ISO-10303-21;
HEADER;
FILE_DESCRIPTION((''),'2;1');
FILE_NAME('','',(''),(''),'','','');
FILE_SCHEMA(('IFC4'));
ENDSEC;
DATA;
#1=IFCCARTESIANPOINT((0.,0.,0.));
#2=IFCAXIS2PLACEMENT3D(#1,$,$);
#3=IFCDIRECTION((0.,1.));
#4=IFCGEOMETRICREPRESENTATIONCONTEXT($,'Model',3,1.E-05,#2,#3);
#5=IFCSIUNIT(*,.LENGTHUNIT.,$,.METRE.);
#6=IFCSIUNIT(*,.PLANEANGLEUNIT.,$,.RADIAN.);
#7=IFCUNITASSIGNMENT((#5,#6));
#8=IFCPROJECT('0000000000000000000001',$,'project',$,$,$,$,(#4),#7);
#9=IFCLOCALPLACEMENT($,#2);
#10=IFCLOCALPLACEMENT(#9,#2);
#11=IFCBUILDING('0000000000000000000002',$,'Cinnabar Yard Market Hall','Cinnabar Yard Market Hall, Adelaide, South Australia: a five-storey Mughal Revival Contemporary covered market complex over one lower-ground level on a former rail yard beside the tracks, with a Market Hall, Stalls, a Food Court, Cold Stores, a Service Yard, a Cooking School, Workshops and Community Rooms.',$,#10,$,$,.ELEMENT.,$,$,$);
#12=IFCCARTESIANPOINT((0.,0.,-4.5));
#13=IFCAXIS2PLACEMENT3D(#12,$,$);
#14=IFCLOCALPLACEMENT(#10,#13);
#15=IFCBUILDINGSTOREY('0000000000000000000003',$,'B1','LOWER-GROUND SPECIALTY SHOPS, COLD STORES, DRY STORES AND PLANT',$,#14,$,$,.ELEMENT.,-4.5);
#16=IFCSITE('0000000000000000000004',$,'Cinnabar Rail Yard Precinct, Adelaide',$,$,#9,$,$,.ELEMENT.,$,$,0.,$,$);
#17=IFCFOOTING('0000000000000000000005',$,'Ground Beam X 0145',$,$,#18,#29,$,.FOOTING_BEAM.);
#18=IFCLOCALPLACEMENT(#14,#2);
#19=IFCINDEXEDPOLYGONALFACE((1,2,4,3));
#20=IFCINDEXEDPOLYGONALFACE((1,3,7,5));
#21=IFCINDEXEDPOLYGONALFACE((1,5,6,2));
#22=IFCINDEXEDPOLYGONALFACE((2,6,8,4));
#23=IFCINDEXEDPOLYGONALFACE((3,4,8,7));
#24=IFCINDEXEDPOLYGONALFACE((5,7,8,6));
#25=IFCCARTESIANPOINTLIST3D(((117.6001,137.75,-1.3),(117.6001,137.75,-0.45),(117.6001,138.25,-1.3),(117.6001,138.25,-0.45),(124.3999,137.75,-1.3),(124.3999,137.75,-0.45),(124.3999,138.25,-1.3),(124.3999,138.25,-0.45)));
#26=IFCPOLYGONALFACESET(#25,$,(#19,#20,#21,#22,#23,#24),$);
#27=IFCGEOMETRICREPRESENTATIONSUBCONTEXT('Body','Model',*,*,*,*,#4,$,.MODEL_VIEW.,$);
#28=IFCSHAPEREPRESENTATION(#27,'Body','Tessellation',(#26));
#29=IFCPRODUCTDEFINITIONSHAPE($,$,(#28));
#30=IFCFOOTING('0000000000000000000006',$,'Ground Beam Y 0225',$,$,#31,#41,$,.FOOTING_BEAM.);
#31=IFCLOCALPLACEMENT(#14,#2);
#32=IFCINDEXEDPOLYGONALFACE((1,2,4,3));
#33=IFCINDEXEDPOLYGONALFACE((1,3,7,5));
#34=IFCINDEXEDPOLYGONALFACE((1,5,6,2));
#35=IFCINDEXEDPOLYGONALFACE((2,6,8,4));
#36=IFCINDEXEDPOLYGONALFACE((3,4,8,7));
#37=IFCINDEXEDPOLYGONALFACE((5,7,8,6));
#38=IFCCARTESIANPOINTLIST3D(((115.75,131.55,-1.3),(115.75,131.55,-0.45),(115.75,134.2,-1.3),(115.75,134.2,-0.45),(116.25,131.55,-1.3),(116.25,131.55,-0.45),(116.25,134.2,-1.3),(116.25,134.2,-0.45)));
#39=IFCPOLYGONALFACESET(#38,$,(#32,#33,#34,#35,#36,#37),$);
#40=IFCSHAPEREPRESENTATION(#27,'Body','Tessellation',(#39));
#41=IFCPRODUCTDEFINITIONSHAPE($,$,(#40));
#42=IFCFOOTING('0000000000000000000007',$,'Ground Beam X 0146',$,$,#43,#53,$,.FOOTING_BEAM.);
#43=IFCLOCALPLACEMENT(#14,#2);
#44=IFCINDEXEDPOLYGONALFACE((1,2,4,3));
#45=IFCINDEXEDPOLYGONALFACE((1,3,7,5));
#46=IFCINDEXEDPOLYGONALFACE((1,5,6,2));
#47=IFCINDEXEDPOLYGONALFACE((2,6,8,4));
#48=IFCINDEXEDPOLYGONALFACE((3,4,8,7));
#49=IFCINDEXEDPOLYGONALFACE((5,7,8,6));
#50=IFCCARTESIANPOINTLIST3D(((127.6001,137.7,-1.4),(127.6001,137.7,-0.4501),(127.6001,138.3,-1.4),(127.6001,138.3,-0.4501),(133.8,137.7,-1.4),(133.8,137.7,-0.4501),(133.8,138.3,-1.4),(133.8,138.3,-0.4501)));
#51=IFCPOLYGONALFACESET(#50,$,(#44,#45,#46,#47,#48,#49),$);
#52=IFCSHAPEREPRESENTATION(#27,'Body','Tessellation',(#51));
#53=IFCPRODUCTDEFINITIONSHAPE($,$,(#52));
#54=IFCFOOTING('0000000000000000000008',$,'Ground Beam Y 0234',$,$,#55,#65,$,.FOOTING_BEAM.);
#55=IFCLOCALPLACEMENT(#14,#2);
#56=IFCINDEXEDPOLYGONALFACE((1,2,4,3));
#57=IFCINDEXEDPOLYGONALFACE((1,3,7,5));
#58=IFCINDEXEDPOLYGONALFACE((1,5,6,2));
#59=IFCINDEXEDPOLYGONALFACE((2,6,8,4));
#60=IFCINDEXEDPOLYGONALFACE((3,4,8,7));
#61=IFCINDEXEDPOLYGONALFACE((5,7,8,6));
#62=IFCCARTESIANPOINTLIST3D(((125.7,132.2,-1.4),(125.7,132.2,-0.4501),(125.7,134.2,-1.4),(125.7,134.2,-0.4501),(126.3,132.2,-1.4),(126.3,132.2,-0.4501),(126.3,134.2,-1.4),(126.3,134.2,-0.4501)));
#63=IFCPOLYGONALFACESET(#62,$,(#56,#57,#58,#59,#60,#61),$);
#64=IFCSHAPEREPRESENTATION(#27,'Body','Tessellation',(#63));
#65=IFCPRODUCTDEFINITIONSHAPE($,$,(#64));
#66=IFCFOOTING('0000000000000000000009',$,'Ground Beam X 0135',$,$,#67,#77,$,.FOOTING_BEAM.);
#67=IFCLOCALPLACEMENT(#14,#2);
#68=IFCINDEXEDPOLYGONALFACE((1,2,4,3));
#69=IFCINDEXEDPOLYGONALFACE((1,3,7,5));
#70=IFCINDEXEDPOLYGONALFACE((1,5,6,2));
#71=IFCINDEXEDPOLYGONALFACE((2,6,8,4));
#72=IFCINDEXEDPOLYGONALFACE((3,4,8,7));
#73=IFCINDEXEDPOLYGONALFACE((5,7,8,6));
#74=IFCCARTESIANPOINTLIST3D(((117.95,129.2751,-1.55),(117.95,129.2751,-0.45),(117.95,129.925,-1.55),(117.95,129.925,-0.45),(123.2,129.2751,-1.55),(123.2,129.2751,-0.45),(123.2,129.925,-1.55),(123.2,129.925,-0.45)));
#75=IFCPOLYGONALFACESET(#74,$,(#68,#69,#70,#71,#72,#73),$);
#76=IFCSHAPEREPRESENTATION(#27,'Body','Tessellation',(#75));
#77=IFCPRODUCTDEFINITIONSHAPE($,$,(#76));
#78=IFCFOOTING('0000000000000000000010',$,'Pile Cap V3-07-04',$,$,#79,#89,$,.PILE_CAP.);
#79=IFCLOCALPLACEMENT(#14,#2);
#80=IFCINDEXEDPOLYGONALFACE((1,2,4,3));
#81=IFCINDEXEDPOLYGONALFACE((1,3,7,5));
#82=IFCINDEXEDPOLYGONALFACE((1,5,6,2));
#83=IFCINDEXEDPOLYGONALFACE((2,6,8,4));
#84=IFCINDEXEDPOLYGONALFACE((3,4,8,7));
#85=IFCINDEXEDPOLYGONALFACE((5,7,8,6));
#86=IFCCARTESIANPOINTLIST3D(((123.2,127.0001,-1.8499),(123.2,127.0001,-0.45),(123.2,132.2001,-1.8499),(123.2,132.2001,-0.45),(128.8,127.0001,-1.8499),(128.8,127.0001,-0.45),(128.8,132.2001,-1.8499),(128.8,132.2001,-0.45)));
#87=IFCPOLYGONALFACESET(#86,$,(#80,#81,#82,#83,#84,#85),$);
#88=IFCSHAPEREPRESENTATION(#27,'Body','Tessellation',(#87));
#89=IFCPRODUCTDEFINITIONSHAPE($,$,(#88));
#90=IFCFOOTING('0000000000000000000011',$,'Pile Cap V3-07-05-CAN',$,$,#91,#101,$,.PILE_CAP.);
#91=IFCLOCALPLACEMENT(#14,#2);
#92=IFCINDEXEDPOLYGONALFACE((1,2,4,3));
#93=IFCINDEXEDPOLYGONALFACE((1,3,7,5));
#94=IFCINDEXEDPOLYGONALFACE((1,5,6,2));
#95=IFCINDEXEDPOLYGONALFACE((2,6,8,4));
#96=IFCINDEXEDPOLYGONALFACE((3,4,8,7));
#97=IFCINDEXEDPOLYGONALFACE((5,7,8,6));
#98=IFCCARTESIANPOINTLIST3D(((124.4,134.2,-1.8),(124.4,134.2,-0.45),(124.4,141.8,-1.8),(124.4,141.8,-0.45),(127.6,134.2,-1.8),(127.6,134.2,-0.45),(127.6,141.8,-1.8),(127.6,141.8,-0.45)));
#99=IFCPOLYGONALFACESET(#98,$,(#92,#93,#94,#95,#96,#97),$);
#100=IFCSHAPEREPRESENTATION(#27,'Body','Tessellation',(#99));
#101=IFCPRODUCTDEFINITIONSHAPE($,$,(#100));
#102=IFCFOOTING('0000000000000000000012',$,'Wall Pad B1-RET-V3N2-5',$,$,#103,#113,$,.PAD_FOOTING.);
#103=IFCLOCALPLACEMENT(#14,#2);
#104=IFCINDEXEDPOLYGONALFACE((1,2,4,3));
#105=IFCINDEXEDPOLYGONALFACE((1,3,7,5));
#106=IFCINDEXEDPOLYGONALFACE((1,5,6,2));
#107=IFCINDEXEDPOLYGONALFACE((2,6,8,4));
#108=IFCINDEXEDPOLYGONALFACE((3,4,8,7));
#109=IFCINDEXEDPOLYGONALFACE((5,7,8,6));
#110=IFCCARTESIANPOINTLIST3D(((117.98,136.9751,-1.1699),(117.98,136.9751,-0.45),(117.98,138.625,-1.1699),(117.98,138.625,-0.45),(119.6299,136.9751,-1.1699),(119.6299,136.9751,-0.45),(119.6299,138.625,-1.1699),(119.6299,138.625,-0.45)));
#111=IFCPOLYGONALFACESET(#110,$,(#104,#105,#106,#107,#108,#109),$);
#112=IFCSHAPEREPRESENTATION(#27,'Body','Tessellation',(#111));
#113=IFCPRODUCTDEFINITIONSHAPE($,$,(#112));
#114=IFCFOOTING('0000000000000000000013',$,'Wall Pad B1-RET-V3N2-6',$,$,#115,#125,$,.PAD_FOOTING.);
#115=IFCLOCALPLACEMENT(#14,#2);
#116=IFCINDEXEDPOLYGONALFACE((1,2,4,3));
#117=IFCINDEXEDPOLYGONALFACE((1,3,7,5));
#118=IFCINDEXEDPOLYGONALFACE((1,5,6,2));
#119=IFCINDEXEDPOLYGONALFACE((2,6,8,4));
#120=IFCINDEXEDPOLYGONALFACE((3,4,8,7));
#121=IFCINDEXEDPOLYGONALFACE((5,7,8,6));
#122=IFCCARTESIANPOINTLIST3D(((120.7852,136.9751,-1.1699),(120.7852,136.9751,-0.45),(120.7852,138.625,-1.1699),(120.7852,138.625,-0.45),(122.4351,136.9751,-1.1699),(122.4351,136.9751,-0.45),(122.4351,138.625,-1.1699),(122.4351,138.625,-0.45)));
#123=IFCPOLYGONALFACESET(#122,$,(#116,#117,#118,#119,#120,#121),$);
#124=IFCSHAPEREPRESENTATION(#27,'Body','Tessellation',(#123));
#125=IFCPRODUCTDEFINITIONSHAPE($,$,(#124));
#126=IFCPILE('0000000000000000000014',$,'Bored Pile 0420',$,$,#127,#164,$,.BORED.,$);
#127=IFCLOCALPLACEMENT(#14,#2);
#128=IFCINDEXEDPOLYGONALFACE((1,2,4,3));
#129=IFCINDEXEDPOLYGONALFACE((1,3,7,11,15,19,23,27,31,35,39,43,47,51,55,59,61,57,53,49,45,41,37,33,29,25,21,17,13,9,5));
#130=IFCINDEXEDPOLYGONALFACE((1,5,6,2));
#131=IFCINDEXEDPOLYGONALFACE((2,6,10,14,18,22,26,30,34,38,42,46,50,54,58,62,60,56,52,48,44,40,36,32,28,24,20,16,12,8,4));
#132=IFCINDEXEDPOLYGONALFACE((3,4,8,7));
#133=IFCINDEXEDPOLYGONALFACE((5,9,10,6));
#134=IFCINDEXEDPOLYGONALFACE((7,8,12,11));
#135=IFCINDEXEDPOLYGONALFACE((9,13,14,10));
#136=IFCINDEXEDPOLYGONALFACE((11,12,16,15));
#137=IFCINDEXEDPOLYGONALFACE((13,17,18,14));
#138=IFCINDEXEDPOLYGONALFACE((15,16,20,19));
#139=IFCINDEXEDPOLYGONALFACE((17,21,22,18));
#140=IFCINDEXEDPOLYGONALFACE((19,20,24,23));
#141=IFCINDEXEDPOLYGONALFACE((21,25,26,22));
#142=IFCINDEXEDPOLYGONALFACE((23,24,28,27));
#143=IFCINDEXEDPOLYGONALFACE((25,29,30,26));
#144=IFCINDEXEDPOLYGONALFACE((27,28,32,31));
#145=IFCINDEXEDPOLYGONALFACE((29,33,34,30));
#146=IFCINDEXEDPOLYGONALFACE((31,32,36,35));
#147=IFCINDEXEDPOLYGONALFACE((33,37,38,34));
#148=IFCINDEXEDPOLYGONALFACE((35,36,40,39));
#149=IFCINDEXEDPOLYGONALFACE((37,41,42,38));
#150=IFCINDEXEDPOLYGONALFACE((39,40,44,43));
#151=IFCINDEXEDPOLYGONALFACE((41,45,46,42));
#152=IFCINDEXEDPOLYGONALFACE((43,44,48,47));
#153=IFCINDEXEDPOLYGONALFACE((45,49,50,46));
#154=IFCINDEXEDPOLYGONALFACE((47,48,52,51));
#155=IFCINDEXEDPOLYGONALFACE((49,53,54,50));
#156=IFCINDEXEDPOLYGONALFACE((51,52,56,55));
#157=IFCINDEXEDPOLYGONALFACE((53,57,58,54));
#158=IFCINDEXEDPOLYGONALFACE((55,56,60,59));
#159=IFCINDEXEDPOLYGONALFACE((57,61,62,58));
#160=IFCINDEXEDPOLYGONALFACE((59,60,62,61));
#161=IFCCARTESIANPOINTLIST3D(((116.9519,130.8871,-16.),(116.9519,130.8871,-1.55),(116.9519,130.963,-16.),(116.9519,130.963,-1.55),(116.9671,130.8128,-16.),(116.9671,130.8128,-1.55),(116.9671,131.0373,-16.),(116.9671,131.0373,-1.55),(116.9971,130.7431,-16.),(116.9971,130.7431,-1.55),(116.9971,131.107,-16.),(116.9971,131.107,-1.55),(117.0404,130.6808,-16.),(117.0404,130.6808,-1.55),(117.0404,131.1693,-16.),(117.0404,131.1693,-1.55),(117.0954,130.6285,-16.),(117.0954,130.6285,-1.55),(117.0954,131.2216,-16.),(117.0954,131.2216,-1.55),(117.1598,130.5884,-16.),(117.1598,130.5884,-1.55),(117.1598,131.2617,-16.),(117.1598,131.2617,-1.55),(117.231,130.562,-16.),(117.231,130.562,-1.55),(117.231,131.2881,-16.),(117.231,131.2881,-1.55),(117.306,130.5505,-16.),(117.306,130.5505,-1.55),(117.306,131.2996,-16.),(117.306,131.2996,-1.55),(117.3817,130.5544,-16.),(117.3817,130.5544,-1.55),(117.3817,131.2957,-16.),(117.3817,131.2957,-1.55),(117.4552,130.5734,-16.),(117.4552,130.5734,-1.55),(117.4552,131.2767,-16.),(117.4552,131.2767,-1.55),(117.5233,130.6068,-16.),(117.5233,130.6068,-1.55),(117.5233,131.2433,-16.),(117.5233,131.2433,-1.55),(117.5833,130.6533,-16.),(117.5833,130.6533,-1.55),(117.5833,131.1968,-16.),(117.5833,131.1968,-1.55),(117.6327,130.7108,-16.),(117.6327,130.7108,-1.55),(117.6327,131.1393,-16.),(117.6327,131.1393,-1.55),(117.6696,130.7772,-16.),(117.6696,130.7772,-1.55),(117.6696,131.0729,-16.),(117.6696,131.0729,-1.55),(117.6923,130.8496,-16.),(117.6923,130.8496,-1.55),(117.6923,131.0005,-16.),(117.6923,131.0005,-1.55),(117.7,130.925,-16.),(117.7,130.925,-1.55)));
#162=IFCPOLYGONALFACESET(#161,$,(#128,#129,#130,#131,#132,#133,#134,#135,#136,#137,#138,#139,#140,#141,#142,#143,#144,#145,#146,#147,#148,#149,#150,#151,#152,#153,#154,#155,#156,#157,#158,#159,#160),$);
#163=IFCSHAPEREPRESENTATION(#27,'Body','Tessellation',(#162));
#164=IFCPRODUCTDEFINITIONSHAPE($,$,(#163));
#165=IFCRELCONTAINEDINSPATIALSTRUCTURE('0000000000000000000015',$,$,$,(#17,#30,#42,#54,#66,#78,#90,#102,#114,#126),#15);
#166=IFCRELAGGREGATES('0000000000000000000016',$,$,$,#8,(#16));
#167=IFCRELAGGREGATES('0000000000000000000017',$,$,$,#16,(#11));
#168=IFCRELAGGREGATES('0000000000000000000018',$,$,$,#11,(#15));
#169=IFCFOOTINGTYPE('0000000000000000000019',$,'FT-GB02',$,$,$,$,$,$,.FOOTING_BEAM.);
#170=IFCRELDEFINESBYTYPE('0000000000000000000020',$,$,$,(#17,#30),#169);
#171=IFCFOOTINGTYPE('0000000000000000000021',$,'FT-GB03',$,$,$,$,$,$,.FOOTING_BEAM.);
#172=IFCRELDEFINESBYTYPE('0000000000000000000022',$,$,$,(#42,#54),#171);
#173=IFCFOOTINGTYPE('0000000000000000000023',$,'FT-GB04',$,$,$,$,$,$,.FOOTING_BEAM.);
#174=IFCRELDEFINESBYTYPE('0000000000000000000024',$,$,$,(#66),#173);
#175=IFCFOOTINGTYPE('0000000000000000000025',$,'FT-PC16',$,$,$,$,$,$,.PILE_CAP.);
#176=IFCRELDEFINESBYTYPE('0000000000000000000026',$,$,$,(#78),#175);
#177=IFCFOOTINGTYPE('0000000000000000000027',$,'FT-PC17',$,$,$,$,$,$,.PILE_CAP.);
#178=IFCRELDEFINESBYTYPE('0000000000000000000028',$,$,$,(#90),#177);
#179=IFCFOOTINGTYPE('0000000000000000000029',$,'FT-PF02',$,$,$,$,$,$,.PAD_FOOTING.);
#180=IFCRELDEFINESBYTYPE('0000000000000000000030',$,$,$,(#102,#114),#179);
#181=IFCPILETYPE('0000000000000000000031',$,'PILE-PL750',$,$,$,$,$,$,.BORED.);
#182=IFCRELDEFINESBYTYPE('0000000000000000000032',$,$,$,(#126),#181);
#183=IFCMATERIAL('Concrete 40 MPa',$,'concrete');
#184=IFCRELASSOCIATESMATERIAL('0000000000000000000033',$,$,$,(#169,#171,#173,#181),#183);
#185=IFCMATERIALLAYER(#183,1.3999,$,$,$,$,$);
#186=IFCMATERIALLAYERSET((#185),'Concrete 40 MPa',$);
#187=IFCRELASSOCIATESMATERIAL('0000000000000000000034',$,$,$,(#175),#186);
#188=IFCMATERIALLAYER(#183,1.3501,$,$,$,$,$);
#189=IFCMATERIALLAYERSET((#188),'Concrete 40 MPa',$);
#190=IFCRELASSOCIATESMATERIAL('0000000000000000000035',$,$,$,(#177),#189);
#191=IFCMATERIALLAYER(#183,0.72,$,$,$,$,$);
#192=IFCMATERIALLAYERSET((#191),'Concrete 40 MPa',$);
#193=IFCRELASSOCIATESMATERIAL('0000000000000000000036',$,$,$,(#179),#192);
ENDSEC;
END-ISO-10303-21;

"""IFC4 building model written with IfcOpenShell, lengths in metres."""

from ifc_helpers import new_model, si_unit, direction, frame, origin, origin_2d_with_axis, place, context, subcontext, project, spatial, rectangle, circle, extrude, material, layer, layer_set, material_profile, profile_set, type_object, element, save


model = new_model("IFC4")

# Units and contexts
model_context = context("Model", 3, precision=1e-05, world=origin(), true_north=direction((0.0, 1.0)))
body_context = subcontext(model_context, "Body", "Model", "MODEL_VIEW")
ifc_project = project(units=[si_unit("LENGTHUNIT", "METRE"), si_unit("PLANEANGLEUNIT", "RADIAN")], contexts=[model_context])

# Site, building, storey
site_placement = place(None, origin())
site = spatial("IfcSite", under=ifc_project, at=site_placement, Name="Cinnabar Rail Yard Precinct, Adelaide", CompositionType="ELEMENT", RefElevation=0.0)
building_placement = place(site_placement, origin())
building = spatial("IfcBuilding", under=site, at=building_placement, Name="Cinnabar Yard Market Hall", Description="Cinnabar Yard Market Hall, Adelaide, South Australia: a five-storey Mughal Revival Contemporary covered market complex over one lower-ground level on a former rail yard beside the tracks, with a Market Hall, Stalls, a Food Court, Cold Stores, a Service Yard, a Cooking School, Workshops and Community Rooms.", CompositionType="ELEMENT")
storey_placement = place(building_placement, frame((0.0, 0.0, -4.5)))
storey = spatial("IfcBuildingStorey", under=building, at=storey_placement, Name="B1", Description="LOWER-GROUND SPECIALTY SHOPS, COLD STORES, DRY STORES AND PLANT", CompositionType="ELEMENT", Elevation=-4.5)

# Footings
ifc_material_1 = material(Name="Concrete 40 MPa", Category="concrete")
ifc_material_profile_1 = material_profile(ifc_material_1, rectangle(XDim=0.5, YDim=0.8501, at=origin_2d_with_axis()), Name="GB-500x850")
ifc_profile_set_1 = profile_set([ifc_material_profile_1], Name="Concrete 40 MPa")
footing_type_1 = type_object("IfcFootingType", Name="FT-GB02", PredefinedType="FOOTING_BEAM", material=ifc_profile_set_1)
footing_1_placement = place(storey_placement, frame((117.6001, 138.0, -0.875), z_axis=(1.0, 0.0, 0.0), x_axis=(0.0, 1.0, 0.0)))
element("IfcFooting", 1, at=footing_1_placement, inside=storey, type_object=footing_type_1, Name="Ground Beam X 0145", PredefinedType="FOOTING_BEAM", context=body_context, shape_type="SweptSolid", body=[
    extrude(rectangle(XDim=0.5, YDim=0.8501, at=origin_2d_with_axis()), origin(), (0.0, 0.0, 1.0), 6.7998),
])
footing_2_placement = place(storey_placement, frame((116.0, 131.55, -0.875), z_axis=(0.0, 1.0, 0.0), x_axis=(-1.0, 0.0, 0.0)))
element("IfcFooting", 2, at=footing_2_placement, inside=storey, type_object=footing_type_1, Name="Ground Beam Y 0225", PredefinedType="FOOTING_BEAM", context=body_context, shape_type="SweptSolid", body=[
    extrude(rectangle(XDim=0.5, YDim=0.8501, at=origin_2d_with_axis()), origin(), (0.0, 0.0, 1.0), 2.6499),
])
ifc_material_profile_2 = material_profile(ifc_material_1, rectangle(XDim=0.6001, YDim=0.95, at=origin_2d_with_axis()), Name="GB-600x950")
ifc_profile_set_2 = profile_set([ifc_material_profile_2], Name="Concrete 40 MPa")
footing_type_2 = type_object("IfcFootingType", Name="FT-GB03", PredefinedType="FOOTING_BEAM", material=ifc_profile_set_2)
footing_3_placement = place(storey_placement, frame((127.6001, 138.0, -0.925), z_axis=(1.0, 0.0, 0.0), x_axis=(0.0, 1.0, 0.0)))
element("IfcFooting", 3, at=footing_3_placement, inside=storey, type_object=footing_type_2, Name="Ground Beam X 0146", PredefinedType="FOOTING_BEAM", context=body_context, shape_type="SweptSolid", body=[
    extrude(rectangle(XDim=0.6001, YDim=0.95, at=origin_2d_with_axis()), origin(), (0.0, 0.0, 1.0), 6.2),
])
footing_4_placement = place(storey_placement, frame((126.0, 132.2, -0.925), z_axis=(0.0, 1.0, 0.0), x_axis=(-1.0, 0.0, 0.0)))
element("IfcFooting", 4, at=footing_4_placement, inside=storey, type_object=footing_type_2, Name="Ground Beam Y 0234", PredefinedType="FOOTING_BEAM", context=body_context, shape_type="SweptSolid", body=[
    extrude(rectangle(XDim=0.6001, YDim=0.95, at=origin_2d_with_axis()), origin(), (0.0, 0.0, 1.0), 2.0),
])
ifc_material_profile_3 = material_profile(ifc_material_1, rectangle(XDim=0.6499, YDim=1.1001, at=origin_2d_with_axis()), Name="GB-650x1100")
ifc_profile_set_3 = profile_set([ifc_material_profile_3], Name="Concrete 40 MPa")
footing_type_3 = type_object("IfcFootingType", Name="FT-GB04", PredefinedType="FOOTING_BEAM", material=ifc_profile_set_3)
footing_5_placement = place(storey_placement, frame((117.95, 129.6001, -1.0), z_axis=(1.0, 0.0, 0.0), x_axis=(0.0, 1.0, 0.0)))
element("IfcFooting", 5, at=footing_5_placement, inside=storey, type_object=footing_type_3, Name="Ground Beam X 0135", PredefinedType="FOOTING_BEAM", context=body_context, shape_type="SweptSolid", body=[
    extrude(rectangle(XDim=0.6499, YDim=1.1001, at=origin_2d_with_axis()), origin(), (0.0, 0.0, 1.0), 5.25),
])
ifc_layer_1 = layer(ifc_material_1, 1.3999)
ifc_layer_set_1 = layer_set([ifc_layer_1], Name="Concrete 40 MPa")
footing_type_4 = type_object("IfcFootingType", Name="FT-PC16", PredefinedType="PILE_CAP", material=ifc_layer_set_1)
footing_6_placement = place(storey_placement, frame((126.0, 129.6001, -1.8499), z_axis=(0.0, 0.0, 1.0), x_axis=(1.0, 0.0, 0.0)))
element("IfcFooting", 6, at=footing_6_placement, inside=storey, type_object=footing_type_4, Name="Pile Cap V3-07-04", PredefinedType="PILE_CAP", context=body_context, shape_type="SweptSolid", body=[
    extrude(rectangle(XDim=5.6001, YDim=5.2, at=origin_2d_with_axis()), origin(), (0.0, 0.0, 1.0), 1.3999),
])
ifc_layer_2 = layer(ifc_material_1, 1.3501)
ifc_layer_set_2 = layer_set([ifc_layer_2], Name="Concrete 40 MPa")
footing_type_5 = type_object("IfcFootingType", Name="FT-PC17", PredefinedType="PILE_CAP", material=ifc_layer_set_2)
footing_7_placement = place(storey_placement, frame((126.0, 138.0, -1.8), z_axis=(0.0, 0.0, 1.0), x_axis=(1.0, 0.0, 0.0)))
element("IfcFooting", 7, at=footing_7_placement, inside=storey, type_object=footing_type_5, Name="Pile Cap V3-07-05-CAN", PredefinedType="PILE_CAP", context=body_context, shape_type="SweptSolid", body=[
    extrude(rectangle(XDim=3.2, YDim=7.6001, at=origin_2d_with_axis()), origin(), (0.0, 0.0, 1.0), 1.3501),
])
ifc_layer_3 = layer(ifc_material_1, 0.72)
ifc_layer_set_3 = layer_set([ifc_layer_3], Name="Concrete 40 MPa")
footing_type_6 = type_object("IfcFootingType", Name="FT-PF02", PredefinedType="PAD_FOOTING", material=ifc_layer_set_3)
for number, where, z_axis, x_axis, name in (
    (8, (118.8049, 137.8, -1.1699), (0.0, 0.0, 1.0), (1.0, 0.0, 0.0), "Wall Pad B1-RET-V3N2-5"),
    (9, (121.6101, 137.8, -1.1699), (0.0, 0.0, 1.0), (1.0, 0.0, 0.0), "Wall Pad B1-RET-V3N2-6"),
):
    element("IfcFooting", number, at=place(storey_placement, frame(where, z_axis=z_axis, x_axis=x_axis)), inside=storey, type_object=footing_type_6, Name=name, PredefinedType="PAD_FOOTING", context=body_context, shape_type="SweptSolid", body=[
        extrude(rectangle(XDim=1.6499, YDim=1.6499, at=origin_2d_with_axis()), origin(), (0.0, 0.0, 1.0), 0.72),
    ])

# Pile
ifc_material_profile_4 = material_profile(ifc_material_1, circle(Radius=0.375, at=origin_2d_with_axis()), Name="PILE-D750")
ifc_profile_set_4 = profile_set([ifc_material_profile_4], Name="Concrete 40 MPa")
pile_type_1 = type_object("IfcPileType", Name="PILE-PL750", PredefinedType="BORED", material=ifc_profile_set_4)
pile_1_placement = place(storey_placement, frame((117.325, 130.925, -1.55), z_axis=(0.0, 0.0, -1.0), x_axis=(1.0, 0.0, 0.0)))
element("IfcPile", 10, at=pile_1_placement, inside=storey, type_object=pile_type_1, Name="Bored Pile 0420", PredefinedType="BORED", context=body_context, shape_type="SweptSolid", body=[
    extrude(circle(Radius=0.375, at=origin_2d_with_axis()), origin(), (0.0, 0.0, 1.0), 14.45),
])

save(model, "model.ifc")
